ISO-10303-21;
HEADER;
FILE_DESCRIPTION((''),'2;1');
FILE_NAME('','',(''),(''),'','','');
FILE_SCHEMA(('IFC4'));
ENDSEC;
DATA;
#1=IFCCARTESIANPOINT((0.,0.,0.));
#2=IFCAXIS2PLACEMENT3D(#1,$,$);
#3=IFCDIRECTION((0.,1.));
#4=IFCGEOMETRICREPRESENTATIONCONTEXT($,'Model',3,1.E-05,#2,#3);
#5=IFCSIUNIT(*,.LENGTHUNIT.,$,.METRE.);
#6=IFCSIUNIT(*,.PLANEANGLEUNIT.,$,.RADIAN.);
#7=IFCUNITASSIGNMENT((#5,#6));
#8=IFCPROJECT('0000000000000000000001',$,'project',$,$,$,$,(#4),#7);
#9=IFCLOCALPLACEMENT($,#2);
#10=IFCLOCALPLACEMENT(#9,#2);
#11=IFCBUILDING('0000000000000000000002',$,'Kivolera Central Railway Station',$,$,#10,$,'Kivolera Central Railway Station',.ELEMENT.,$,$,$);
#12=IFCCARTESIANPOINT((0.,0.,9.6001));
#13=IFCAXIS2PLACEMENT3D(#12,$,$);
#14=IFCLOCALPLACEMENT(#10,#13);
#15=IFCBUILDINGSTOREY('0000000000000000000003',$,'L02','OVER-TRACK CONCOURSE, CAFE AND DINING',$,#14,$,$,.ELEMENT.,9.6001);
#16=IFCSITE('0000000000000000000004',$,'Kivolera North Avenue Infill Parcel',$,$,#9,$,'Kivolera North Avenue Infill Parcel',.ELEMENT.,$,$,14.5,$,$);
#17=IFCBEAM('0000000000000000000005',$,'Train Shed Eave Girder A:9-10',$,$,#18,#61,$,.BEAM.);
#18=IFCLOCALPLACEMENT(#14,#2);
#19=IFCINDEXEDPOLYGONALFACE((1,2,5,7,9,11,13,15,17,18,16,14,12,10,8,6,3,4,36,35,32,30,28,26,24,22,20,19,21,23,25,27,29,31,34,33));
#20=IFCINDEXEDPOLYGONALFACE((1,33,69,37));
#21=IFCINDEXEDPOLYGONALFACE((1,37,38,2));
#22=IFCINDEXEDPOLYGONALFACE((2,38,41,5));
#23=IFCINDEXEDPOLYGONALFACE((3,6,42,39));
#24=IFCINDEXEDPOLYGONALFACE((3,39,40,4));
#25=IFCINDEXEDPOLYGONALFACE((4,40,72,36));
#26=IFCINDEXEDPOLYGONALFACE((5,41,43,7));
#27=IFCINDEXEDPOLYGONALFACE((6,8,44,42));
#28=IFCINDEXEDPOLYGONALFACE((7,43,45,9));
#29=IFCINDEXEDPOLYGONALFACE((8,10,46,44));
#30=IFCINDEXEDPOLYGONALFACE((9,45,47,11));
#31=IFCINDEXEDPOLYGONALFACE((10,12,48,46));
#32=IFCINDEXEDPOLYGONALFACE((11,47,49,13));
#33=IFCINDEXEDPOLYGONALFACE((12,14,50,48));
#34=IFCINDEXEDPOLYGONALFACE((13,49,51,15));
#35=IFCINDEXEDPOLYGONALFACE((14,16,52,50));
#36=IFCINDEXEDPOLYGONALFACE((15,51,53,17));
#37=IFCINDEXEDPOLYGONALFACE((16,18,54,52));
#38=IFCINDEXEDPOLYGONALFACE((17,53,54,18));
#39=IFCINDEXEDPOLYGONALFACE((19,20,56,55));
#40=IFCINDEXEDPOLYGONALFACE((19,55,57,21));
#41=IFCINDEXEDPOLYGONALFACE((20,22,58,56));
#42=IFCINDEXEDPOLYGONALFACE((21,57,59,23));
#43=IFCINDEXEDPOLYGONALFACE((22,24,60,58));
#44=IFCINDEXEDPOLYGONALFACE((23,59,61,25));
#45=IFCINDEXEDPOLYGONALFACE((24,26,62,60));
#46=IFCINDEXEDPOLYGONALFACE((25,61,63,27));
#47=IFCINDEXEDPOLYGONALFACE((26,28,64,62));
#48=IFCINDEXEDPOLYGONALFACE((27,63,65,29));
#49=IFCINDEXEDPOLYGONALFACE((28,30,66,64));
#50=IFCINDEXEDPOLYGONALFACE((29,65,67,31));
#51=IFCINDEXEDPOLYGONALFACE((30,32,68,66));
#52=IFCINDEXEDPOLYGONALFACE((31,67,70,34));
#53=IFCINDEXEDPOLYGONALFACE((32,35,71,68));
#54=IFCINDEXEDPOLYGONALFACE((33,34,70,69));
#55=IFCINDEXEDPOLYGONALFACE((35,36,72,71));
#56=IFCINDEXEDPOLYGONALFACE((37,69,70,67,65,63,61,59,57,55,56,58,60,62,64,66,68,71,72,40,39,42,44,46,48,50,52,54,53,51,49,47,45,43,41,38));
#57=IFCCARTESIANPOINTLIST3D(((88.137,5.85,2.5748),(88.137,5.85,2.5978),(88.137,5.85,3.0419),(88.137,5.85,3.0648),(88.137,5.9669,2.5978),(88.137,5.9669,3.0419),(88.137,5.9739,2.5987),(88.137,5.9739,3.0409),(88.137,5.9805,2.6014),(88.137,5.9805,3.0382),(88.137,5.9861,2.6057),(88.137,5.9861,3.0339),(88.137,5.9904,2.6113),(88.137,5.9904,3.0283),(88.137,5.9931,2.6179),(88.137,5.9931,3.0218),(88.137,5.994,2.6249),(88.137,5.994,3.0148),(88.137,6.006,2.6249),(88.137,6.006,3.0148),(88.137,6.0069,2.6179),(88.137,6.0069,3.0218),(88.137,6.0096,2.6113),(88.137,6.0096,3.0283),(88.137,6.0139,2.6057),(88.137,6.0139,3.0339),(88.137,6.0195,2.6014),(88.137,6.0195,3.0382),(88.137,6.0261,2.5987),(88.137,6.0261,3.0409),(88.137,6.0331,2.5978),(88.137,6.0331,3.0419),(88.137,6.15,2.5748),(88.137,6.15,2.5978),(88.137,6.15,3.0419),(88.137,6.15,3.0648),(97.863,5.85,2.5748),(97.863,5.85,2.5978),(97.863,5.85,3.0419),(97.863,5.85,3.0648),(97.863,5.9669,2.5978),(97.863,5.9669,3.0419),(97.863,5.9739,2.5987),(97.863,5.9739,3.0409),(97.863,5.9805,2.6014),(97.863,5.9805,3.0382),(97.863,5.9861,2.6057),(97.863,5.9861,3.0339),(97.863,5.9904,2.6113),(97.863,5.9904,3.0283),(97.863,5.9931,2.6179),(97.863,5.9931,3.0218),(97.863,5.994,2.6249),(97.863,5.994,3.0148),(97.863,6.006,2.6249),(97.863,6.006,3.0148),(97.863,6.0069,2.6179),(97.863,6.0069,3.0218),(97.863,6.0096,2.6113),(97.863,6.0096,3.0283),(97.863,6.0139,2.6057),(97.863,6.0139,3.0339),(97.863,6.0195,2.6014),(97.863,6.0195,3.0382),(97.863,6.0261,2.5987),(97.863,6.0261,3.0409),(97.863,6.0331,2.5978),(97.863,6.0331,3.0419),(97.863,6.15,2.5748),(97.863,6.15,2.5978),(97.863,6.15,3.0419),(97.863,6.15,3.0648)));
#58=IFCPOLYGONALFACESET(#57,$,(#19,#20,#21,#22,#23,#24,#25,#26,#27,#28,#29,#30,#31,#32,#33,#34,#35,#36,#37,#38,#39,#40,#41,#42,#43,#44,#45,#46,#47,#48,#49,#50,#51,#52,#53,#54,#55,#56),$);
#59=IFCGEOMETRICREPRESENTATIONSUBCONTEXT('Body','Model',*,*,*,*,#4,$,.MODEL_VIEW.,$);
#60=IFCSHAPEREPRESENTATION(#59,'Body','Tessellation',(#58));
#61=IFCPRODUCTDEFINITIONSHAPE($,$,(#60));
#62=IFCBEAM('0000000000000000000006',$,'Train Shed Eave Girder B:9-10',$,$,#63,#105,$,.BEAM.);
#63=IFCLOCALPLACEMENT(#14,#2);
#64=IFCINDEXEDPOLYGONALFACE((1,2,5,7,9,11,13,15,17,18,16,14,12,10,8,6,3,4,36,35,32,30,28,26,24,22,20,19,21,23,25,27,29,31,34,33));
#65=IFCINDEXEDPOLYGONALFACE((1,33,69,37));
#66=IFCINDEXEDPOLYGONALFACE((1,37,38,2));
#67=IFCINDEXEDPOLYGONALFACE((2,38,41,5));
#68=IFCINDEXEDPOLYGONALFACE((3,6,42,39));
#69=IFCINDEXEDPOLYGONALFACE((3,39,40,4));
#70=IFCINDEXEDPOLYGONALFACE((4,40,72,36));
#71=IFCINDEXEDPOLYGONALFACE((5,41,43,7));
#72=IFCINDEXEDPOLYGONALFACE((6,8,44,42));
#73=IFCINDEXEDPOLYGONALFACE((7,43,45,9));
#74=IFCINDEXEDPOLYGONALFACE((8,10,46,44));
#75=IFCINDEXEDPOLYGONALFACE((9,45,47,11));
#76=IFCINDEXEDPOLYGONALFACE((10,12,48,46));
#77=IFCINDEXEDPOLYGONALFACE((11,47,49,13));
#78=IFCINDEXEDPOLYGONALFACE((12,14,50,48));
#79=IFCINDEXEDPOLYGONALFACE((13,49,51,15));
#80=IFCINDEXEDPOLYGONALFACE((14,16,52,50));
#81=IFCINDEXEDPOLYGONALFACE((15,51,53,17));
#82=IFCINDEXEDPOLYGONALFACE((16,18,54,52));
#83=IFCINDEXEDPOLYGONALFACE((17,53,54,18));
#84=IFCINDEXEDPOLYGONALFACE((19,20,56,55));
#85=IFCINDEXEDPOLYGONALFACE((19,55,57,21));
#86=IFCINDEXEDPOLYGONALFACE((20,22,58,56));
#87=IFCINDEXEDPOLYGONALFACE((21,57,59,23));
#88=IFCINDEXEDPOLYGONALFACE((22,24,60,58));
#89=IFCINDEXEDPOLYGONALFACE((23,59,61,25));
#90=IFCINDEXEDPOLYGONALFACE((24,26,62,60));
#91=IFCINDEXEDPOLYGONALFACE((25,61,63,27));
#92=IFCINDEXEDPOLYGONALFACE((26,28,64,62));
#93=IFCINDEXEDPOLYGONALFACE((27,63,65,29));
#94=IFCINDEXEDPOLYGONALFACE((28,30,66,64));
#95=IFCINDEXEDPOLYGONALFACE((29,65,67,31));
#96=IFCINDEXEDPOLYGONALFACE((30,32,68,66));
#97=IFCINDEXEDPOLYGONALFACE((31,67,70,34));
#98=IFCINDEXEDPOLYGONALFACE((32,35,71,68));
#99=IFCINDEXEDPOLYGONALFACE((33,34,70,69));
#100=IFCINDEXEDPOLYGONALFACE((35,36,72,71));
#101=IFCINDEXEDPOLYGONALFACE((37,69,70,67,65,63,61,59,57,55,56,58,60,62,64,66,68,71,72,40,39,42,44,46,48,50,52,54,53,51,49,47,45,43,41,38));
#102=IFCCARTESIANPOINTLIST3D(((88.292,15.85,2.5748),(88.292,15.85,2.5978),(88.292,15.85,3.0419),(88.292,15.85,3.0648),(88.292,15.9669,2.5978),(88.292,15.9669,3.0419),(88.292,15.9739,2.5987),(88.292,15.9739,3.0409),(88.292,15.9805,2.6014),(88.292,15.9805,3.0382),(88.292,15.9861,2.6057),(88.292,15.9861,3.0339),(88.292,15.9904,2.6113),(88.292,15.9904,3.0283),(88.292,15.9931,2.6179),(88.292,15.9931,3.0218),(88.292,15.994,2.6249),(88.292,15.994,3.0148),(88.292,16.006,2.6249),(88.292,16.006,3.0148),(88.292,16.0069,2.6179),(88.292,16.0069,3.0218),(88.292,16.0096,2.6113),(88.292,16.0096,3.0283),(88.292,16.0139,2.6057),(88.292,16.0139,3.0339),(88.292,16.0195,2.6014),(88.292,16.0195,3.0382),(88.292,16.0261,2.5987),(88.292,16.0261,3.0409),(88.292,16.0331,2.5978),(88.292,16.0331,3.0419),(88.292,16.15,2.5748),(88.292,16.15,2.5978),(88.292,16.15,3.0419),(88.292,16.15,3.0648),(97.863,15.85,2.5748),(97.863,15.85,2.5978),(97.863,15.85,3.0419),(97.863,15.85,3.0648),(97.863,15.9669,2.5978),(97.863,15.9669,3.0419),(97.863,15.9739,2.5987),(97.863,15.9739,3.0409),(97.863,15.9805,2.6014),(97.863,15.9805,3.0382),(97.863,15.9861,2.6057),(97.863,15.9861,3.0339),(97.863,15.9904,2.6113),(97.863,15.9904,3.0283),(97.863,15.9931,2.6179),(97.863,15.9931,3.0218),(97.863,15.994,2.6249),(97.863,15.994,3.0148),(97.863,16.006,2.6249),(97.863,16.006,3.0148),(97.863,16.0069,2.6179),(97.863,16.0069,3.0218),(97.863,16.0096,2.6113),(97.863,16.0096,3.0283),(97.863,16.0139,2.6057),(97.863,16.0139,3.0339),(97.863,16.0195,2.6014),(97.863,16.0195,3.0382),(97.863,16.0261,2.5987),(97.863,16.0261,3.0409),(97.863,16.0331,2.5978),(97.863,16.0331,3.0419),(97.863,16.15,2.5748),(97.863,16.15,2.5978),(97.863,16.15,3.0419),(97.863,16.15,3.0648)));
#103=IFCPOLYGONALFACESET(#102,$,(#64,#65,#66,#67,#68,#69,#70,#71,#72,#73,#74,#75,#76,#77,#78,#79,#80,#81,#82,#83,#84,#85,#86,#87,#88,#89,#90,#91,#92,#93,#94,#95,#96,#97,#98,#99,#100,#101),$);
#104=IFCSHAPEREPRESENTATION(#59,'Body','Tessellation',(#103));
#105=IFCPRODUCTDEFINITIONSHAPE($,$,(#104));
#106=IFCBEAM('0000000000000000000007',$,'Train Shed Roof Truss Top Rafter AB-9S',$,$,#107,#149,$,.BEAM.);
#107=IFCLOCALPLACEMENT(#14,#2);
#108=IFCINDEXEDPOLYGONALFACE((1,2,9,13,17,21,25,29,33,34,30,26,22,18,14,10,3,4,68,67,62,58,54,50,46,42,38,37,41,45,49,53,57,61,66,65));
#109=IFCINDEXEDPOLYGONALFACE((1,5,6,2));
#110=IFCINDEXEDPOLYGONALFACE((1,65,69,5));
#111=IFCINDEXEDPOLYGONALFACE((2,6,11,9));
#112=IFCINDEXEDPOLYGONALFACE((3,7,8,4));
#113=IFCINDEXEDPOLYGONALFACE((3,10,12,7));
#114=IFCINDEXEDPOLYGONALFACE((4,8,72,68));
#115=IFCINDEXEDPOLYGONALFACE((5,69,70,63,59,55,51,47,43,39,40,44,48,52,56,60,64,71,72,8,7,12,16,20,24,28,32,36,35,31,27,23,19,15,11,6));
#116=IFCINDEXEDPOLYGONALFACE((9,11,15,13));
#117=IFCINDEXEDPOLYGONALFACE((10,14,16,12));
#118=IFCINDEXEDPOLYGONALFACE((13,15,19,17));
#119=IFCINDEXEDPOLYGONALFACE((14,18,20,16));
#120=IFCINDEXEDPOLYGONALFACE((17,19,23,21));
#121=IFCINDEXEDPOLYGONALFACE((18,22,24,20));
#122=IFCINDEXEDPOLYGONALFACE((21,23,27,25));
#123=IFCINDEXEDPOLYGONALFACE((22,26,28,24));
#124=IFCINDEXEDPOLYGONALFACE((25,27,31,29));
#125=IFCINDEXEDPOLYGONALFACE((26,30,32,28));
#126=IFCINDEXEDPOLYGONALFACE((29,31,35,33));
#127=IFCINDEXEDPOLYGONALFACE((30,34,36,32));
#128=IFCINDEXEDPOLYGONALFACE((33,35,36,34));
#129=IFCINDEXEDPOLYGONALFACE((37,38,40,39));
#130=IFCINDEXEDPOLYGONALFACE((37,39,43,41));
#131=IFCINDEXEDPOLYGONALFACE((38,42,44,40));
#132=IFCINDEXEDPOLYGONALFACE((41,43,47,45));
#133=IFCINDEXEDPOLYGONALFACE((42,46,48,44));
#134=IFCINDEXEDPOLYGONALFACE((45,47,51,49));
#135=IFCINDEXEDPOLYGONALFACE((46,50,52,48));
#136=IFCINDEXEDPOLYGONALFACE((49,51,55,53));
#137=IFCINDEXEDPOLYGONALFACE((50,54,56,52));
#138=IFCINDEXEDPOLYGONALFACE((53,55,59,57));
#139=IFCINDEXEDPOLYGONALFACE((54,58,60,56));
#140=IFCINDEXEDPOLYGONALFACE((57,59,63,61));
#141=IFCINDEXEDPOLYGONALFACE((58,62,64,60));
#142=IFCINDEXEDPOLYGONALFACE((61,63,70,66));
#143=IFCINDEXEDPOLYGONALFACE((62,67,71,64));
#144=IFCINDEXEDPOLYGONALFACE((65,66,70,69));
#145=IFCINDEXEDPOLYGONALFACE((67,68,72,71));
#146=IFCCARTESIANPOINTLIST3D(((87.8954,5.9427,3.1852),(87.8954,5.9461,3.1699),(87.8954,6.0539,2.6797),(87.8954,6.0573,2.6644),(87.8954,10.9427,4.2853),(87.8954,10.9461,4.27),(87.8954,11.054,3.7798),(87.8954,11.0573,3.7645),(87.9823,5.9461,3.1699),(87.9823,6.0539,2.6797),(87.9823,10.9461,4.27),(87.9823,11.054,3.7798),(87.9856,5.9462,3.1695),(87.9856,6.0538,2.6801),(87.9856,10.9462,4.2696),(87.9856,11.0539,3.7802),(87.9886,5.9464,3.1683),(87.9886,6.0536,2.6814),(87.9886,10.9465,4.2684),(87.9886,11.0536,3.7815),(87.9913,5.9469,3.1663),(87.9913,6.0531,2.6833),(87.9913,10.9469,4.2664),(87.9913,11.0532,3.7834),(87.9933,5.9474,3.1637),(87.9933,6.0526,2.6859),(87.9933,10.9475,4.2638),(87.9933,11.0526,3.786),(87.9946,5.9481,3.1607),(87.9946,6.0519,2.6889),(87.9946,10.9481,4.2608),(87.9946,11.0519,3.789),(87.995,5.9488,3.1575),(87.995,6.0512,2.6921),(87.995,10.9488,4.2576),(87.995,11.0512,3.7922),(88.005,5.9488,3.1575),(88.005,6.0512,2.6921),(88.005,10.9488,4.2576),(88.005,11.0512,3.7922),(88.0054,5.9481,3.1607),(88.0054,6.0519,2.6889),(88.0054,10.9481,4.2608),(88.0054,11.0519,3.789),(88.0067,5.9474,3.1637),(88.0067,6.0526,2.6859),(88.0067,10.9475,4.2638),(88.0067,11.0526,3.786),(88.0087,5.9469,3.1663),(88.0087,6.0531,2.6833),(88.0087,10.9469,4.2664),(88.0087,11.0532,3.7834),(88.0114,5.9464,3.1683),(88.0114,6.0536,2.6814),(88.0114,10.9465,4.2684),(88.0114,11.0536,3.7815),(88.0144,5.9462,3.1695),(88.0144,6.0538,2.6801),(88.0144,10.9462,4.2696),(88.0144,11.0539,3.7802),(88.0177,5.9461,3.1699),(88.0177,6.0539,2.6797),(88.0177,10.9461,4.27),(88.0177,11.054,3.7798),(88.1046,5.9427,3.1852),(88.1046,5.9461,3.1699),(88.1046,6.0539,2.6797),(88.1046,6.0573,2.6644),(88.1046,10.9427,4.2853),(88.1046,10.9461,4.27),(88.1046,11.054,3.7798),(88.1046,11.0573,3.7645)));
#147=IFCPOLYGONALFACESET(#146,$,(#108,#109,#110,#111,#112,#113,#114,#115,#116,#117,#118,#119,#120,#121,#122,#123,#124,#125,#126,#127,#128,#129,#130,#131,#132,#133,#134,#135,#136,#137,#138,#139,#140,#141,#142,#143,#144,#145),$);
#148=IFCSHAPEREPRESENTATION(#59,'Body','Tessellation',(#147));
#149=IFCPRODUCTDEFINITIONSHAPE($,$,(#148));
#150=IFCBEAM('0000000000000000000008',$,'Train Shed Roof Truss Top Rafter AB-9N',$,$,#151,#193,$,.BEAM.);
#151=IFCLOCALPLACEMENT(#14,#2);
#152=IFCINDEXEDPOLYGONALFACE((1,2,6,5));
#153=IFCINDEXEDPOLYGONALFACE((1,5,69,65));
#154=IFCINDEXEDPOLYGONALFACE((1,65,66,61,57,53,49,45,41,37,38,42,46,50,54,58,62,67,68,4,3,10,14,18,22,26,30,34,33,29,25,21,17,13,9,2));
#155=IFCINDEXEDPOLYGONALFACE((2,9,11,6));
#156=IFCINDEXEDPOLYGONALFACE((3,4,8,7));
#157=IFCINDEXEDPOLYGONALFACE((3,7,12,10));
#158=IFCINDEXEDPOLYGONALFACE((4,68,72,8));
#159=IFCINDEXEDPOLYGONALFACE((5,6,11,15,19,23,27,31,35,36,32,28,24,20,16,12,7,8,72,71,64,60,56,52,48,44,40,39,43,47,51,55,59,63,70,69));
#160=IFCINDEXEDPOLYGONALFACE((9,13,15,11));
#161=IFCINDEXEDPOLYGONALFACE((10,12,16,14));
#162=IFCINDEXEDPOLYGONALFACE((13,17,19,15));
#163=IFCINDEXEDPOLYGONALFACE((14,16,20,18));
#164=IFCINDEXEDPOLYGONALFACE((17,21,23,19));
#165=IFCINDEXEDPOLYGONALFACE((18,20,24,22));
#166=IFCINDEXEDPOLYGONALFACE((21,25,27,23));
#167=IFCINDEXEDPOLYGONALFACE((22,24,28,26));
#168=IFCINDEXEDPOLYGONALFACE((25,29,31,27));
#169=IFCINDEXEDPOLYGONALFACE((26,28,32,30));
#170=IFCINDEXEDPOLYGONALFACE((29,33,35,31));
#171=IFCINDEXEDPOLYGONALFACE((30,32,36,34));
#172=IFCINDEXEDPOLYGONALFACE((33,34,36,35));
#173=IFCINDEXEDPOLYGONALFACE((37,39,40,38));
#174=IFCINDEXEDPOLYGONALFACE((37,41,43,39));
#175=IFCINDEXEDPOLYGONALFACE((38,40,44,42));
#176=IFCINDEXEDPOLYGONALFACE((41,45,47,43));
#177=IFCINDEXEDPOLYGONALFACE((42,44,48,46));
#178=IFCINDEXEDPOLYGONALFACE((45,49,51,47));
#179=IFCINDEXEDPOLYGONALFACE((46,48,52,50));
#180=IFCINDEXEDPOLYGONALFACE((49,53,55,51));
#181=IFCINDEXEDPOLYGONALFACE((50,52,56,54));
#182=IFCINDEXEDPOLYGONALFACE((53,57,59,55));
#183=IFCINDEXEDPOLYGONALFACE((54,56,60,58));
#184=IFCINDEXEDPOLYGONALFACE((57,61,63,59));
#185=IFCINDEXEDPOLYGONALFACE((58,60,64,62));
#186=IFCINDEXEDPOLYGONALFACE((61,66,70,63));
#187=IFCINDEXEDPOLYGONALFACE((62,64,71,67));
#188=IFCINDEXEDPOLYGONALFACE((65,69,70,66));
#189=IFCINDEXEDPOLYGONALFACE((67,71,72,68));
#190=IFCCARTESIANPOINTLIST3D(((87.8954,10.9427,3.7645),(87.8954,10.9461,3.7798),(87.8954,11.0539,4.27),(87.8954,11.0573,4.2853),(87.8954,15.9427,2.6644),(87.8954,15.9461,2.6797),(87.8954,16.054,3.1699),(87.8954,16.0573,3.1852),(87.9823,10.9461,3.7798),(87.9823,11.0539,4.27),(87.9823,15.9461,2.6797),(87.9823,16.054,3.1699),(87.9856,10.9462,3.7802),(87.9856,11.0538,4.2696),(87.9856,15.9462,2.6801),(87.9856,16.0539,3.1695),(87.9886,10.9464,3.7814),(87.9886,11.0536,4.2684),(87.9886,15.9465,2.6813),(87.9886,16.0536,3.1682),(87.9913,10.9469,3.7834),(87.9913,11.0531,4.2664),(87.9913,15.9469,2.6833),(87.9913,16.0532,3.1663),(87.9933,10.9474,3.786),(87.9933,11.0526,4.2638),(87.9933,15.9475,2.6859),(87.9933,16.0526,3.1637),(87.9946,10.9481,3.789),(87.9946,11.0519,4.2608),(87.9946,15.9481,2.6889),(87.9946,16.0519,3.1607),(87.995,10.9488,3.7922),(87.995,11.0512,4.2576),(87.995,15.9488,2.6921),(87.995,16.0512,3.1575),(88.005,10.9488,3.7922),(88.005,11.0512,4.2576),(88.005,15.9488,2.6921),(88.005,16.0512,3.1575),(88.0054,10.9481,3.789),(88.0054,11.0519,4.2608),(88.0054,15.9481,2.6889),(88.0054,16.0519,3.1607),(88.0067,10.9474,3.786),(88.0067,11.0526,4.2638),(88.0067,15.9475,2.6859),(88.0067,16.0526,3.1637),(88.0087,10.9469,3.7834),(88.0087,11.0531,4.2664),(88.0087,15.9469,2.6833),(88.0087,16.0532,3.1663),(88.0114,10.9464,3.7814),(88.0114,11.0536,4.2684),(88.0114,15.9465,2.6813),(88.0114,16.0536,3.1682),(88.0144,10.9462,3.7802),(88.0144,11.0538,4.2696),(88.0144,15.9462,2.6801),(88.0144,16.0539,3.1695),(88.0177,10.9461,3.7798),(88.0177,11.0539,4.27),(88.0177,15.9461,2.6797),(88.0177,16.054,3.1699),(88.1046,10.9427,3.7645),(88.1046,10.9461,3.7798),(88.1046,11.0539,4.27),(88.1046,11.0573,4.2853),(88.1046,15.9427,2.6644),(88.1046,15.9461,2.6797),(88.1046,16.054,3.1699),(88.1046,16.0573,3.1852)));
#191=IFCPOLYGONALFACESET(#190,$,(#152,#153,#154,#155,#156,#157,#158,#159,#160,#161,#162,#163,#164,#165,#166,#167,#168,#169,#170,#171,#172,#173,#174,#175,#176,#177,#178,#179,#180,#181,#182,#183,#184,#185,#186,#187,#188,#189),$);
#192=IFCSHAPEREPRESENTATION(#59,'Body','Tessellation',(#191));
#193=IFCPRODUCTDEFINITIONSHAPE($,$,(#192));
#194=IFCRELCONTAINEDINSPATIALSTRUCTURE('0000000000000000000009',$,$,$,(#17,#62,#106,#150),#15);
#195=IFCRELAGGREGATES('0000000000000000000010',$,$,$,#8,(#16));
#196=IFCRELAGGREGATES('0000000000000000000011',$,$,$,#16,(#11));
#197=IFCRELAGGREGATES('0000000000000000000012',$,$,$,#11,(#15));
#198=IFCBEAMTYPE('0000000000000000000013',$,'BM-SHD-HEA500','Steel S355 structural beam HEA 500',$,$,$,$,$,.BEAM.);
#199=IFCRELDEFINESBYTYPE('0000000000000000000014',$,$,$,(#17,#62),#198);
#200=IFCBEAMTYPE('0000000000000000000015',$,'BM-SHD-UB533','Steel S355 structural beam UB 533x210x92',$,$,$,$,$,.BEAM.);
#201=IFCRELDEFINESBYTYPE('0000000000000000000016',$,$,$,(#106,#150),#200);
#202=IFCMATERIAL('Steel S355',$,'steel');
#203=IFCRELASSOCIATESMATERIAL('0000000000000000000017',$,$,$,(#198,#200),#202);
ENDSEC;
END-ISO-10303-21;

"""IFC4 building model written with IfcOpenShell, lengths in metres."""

from ifc_helpers import new_model, si_unit, direction, frame, origin, origin_2d, place, context, subcontext, project, spatial, i_section, extrude, material, material_profile, profile_set, type_object, element, save


model = new_model("IFC4")

# Units and contexts
model_context = context("Model", 3, precision=1e-05, world=origin(), true_north=direction((0.0, 1.0)))
body_context = subcontext(model_context, "Body", "Model", "MODEL_VIEW")
ifc_project = project(units=[si_unit("LENGTHUNIT", "METRE"), si_unit("PLANEANGLEUNIT", "RADIAN")], contexts=[model_context])

# Site, building, storey
site_placement = place(None, origin())
site = spatial("IfcSite", under=ifc_project, at=site_placement, Name="Kivolera North Avenue Infill Parcel", LongName="Kivolera North Avenue Infill Parcel", CompositionType="ELEMENT", RefElevation=14.5)
building_placement = place(site_placement, origin())
building = spatial("IfcBuilding", under=site, at=building_placement, Name="Kivolera Central Railway Station", LongName="Kivolera Central Railway Station", CompositionType="ELEMENT")
storey_placement = place(building_placement, frame((0.0, 0.0, 9.6001)))
storey = spatial("IfcBuildingStorey", under=building, at=storey_placement, Name="L02", Description="OVER-TRACK CONCOURSE, CAFE AND DINING", CompositionType="ELEMENT", Elevation=9.6001)

# Shared definitions
ifc_material_1 = material(Name="Steel S355", Category="steel")

# Beams
ifc_material_profile_1 = material_profile(ifc_material_1, i_section(OverallWidth=0.3, OverallDepth=0.49, WebThickness=0.012, FlangeThickness=0.0229, FilletRadius=0.0271, at=origin_2d()), Name="HEA 500")
ifc_profile_set_1 = profile_set([ifc_material_profile_1], Name="Steel S355")
beam_type_1 = type_object("IfcBeamType", Name="BM-SHD-HEA500", Description="Steel S355 structural beam HEA 500", PredefinedType="BEAM", material=ifc_profile_set_1)
beam_1_placement = place(storey_placement, frame((88.137, 6.0, 2.8198), z_axis=(1.0, 0.0, 0.0), x_axis=(0.0, 1.0, 0.0)))
element("IfcBeam", 1, at=beam_1_placement, inside=storey, type_object=beam_type_1, Name="Train Shed Eave Girder A:9-10", PredefinedType="BEAM", context=body_context, shape_type="SweptSolid", body=[
    extrude(i_section(OverallWidth=0.3, OverallDepth=0.49, WebThickness=0.012, FlangeThickness=0.0229, FilletRadius=0.0271, at=origin_2d()), origin(), (0.0, 0.0, 1.0), 9.7261),
])
beam_2_placement = place(storey_placement, frame((88.292, 16.0, 2.8198), z_axis=(1.0, 0.0, 0.0), x_axis=(0.0, 1.0, 0.0)))
element("IfcBeam", 2, at=beam_2_placement, inside=storey, type_object=beam_type_1, Name="Train Shed Eave Girder B:9-10", PredefinedType="BEAM", context=body_context, shape_type="SweptSolid", body=[
    extrude(i_section(OverallWidth=0.3, OverallDepth=0.49, WebThickness=0.012, FlangeThickness=0.0229, FilletRadius=0.0271, at=origin_2d()), origin(), (0.0, 0.0, 1.0), 9.571),
])
ifc_material_profile_2 = material_profile(ifc_material_1, i_section(OverallWidth=0.2092, OverallDepth=0.5332, WebThickness=0.01, FlangeThickness=0.0156, FilletRadius=0.0127, at=origin_2d()), Name="UB 533x210x92")
ifc_profile_set_2 = profile_set([ifc_material_profile_2], Name="Steel S355")
beam_type_2 = type_object("IfcBeamType", Name="BM-SHD-UB533", Description="Steel S355 structural beam UB 533x210x92", PredefinedType="BEAM", material=ifc_profile_set_2)
for number, where, z_axis, x_axis, name in (
    (3, (88.0, 6.0, 2.9248), (0.0, 0.97664, 0.21488), (-1.0, 0.0, 0.0), "Train Shed Roof Truss Top Rafter AB-9S"),
    (4, (88.0, 11.0, 4.0249), (0.0, 0.97664, -0.21488), (-1.0, 0.0, 0.0), "Train Shed Roof Truss Top Rafter AB-9N"),
):
    element("IfcBeam", number, at=place(storey_placement, frame(where, z_axis=z_axis, x_axis=x_axis)), inside=storey, type_object=beam_type_2, Name=name, PredefinedType="BEAM", context=body_context, shape_type="SweptSolid", body=[
        extrude(i_section(OverallWidth=0.2092, OverallDepth=0.5332, WebThickness=0.01, FlangeThickness=0.0156, FilletRadius=0.0127, at=origin_2d()), origin(), (0.0, 0.0, 1.0), 5.1196),
    ])

save(model, "model.ifc")
